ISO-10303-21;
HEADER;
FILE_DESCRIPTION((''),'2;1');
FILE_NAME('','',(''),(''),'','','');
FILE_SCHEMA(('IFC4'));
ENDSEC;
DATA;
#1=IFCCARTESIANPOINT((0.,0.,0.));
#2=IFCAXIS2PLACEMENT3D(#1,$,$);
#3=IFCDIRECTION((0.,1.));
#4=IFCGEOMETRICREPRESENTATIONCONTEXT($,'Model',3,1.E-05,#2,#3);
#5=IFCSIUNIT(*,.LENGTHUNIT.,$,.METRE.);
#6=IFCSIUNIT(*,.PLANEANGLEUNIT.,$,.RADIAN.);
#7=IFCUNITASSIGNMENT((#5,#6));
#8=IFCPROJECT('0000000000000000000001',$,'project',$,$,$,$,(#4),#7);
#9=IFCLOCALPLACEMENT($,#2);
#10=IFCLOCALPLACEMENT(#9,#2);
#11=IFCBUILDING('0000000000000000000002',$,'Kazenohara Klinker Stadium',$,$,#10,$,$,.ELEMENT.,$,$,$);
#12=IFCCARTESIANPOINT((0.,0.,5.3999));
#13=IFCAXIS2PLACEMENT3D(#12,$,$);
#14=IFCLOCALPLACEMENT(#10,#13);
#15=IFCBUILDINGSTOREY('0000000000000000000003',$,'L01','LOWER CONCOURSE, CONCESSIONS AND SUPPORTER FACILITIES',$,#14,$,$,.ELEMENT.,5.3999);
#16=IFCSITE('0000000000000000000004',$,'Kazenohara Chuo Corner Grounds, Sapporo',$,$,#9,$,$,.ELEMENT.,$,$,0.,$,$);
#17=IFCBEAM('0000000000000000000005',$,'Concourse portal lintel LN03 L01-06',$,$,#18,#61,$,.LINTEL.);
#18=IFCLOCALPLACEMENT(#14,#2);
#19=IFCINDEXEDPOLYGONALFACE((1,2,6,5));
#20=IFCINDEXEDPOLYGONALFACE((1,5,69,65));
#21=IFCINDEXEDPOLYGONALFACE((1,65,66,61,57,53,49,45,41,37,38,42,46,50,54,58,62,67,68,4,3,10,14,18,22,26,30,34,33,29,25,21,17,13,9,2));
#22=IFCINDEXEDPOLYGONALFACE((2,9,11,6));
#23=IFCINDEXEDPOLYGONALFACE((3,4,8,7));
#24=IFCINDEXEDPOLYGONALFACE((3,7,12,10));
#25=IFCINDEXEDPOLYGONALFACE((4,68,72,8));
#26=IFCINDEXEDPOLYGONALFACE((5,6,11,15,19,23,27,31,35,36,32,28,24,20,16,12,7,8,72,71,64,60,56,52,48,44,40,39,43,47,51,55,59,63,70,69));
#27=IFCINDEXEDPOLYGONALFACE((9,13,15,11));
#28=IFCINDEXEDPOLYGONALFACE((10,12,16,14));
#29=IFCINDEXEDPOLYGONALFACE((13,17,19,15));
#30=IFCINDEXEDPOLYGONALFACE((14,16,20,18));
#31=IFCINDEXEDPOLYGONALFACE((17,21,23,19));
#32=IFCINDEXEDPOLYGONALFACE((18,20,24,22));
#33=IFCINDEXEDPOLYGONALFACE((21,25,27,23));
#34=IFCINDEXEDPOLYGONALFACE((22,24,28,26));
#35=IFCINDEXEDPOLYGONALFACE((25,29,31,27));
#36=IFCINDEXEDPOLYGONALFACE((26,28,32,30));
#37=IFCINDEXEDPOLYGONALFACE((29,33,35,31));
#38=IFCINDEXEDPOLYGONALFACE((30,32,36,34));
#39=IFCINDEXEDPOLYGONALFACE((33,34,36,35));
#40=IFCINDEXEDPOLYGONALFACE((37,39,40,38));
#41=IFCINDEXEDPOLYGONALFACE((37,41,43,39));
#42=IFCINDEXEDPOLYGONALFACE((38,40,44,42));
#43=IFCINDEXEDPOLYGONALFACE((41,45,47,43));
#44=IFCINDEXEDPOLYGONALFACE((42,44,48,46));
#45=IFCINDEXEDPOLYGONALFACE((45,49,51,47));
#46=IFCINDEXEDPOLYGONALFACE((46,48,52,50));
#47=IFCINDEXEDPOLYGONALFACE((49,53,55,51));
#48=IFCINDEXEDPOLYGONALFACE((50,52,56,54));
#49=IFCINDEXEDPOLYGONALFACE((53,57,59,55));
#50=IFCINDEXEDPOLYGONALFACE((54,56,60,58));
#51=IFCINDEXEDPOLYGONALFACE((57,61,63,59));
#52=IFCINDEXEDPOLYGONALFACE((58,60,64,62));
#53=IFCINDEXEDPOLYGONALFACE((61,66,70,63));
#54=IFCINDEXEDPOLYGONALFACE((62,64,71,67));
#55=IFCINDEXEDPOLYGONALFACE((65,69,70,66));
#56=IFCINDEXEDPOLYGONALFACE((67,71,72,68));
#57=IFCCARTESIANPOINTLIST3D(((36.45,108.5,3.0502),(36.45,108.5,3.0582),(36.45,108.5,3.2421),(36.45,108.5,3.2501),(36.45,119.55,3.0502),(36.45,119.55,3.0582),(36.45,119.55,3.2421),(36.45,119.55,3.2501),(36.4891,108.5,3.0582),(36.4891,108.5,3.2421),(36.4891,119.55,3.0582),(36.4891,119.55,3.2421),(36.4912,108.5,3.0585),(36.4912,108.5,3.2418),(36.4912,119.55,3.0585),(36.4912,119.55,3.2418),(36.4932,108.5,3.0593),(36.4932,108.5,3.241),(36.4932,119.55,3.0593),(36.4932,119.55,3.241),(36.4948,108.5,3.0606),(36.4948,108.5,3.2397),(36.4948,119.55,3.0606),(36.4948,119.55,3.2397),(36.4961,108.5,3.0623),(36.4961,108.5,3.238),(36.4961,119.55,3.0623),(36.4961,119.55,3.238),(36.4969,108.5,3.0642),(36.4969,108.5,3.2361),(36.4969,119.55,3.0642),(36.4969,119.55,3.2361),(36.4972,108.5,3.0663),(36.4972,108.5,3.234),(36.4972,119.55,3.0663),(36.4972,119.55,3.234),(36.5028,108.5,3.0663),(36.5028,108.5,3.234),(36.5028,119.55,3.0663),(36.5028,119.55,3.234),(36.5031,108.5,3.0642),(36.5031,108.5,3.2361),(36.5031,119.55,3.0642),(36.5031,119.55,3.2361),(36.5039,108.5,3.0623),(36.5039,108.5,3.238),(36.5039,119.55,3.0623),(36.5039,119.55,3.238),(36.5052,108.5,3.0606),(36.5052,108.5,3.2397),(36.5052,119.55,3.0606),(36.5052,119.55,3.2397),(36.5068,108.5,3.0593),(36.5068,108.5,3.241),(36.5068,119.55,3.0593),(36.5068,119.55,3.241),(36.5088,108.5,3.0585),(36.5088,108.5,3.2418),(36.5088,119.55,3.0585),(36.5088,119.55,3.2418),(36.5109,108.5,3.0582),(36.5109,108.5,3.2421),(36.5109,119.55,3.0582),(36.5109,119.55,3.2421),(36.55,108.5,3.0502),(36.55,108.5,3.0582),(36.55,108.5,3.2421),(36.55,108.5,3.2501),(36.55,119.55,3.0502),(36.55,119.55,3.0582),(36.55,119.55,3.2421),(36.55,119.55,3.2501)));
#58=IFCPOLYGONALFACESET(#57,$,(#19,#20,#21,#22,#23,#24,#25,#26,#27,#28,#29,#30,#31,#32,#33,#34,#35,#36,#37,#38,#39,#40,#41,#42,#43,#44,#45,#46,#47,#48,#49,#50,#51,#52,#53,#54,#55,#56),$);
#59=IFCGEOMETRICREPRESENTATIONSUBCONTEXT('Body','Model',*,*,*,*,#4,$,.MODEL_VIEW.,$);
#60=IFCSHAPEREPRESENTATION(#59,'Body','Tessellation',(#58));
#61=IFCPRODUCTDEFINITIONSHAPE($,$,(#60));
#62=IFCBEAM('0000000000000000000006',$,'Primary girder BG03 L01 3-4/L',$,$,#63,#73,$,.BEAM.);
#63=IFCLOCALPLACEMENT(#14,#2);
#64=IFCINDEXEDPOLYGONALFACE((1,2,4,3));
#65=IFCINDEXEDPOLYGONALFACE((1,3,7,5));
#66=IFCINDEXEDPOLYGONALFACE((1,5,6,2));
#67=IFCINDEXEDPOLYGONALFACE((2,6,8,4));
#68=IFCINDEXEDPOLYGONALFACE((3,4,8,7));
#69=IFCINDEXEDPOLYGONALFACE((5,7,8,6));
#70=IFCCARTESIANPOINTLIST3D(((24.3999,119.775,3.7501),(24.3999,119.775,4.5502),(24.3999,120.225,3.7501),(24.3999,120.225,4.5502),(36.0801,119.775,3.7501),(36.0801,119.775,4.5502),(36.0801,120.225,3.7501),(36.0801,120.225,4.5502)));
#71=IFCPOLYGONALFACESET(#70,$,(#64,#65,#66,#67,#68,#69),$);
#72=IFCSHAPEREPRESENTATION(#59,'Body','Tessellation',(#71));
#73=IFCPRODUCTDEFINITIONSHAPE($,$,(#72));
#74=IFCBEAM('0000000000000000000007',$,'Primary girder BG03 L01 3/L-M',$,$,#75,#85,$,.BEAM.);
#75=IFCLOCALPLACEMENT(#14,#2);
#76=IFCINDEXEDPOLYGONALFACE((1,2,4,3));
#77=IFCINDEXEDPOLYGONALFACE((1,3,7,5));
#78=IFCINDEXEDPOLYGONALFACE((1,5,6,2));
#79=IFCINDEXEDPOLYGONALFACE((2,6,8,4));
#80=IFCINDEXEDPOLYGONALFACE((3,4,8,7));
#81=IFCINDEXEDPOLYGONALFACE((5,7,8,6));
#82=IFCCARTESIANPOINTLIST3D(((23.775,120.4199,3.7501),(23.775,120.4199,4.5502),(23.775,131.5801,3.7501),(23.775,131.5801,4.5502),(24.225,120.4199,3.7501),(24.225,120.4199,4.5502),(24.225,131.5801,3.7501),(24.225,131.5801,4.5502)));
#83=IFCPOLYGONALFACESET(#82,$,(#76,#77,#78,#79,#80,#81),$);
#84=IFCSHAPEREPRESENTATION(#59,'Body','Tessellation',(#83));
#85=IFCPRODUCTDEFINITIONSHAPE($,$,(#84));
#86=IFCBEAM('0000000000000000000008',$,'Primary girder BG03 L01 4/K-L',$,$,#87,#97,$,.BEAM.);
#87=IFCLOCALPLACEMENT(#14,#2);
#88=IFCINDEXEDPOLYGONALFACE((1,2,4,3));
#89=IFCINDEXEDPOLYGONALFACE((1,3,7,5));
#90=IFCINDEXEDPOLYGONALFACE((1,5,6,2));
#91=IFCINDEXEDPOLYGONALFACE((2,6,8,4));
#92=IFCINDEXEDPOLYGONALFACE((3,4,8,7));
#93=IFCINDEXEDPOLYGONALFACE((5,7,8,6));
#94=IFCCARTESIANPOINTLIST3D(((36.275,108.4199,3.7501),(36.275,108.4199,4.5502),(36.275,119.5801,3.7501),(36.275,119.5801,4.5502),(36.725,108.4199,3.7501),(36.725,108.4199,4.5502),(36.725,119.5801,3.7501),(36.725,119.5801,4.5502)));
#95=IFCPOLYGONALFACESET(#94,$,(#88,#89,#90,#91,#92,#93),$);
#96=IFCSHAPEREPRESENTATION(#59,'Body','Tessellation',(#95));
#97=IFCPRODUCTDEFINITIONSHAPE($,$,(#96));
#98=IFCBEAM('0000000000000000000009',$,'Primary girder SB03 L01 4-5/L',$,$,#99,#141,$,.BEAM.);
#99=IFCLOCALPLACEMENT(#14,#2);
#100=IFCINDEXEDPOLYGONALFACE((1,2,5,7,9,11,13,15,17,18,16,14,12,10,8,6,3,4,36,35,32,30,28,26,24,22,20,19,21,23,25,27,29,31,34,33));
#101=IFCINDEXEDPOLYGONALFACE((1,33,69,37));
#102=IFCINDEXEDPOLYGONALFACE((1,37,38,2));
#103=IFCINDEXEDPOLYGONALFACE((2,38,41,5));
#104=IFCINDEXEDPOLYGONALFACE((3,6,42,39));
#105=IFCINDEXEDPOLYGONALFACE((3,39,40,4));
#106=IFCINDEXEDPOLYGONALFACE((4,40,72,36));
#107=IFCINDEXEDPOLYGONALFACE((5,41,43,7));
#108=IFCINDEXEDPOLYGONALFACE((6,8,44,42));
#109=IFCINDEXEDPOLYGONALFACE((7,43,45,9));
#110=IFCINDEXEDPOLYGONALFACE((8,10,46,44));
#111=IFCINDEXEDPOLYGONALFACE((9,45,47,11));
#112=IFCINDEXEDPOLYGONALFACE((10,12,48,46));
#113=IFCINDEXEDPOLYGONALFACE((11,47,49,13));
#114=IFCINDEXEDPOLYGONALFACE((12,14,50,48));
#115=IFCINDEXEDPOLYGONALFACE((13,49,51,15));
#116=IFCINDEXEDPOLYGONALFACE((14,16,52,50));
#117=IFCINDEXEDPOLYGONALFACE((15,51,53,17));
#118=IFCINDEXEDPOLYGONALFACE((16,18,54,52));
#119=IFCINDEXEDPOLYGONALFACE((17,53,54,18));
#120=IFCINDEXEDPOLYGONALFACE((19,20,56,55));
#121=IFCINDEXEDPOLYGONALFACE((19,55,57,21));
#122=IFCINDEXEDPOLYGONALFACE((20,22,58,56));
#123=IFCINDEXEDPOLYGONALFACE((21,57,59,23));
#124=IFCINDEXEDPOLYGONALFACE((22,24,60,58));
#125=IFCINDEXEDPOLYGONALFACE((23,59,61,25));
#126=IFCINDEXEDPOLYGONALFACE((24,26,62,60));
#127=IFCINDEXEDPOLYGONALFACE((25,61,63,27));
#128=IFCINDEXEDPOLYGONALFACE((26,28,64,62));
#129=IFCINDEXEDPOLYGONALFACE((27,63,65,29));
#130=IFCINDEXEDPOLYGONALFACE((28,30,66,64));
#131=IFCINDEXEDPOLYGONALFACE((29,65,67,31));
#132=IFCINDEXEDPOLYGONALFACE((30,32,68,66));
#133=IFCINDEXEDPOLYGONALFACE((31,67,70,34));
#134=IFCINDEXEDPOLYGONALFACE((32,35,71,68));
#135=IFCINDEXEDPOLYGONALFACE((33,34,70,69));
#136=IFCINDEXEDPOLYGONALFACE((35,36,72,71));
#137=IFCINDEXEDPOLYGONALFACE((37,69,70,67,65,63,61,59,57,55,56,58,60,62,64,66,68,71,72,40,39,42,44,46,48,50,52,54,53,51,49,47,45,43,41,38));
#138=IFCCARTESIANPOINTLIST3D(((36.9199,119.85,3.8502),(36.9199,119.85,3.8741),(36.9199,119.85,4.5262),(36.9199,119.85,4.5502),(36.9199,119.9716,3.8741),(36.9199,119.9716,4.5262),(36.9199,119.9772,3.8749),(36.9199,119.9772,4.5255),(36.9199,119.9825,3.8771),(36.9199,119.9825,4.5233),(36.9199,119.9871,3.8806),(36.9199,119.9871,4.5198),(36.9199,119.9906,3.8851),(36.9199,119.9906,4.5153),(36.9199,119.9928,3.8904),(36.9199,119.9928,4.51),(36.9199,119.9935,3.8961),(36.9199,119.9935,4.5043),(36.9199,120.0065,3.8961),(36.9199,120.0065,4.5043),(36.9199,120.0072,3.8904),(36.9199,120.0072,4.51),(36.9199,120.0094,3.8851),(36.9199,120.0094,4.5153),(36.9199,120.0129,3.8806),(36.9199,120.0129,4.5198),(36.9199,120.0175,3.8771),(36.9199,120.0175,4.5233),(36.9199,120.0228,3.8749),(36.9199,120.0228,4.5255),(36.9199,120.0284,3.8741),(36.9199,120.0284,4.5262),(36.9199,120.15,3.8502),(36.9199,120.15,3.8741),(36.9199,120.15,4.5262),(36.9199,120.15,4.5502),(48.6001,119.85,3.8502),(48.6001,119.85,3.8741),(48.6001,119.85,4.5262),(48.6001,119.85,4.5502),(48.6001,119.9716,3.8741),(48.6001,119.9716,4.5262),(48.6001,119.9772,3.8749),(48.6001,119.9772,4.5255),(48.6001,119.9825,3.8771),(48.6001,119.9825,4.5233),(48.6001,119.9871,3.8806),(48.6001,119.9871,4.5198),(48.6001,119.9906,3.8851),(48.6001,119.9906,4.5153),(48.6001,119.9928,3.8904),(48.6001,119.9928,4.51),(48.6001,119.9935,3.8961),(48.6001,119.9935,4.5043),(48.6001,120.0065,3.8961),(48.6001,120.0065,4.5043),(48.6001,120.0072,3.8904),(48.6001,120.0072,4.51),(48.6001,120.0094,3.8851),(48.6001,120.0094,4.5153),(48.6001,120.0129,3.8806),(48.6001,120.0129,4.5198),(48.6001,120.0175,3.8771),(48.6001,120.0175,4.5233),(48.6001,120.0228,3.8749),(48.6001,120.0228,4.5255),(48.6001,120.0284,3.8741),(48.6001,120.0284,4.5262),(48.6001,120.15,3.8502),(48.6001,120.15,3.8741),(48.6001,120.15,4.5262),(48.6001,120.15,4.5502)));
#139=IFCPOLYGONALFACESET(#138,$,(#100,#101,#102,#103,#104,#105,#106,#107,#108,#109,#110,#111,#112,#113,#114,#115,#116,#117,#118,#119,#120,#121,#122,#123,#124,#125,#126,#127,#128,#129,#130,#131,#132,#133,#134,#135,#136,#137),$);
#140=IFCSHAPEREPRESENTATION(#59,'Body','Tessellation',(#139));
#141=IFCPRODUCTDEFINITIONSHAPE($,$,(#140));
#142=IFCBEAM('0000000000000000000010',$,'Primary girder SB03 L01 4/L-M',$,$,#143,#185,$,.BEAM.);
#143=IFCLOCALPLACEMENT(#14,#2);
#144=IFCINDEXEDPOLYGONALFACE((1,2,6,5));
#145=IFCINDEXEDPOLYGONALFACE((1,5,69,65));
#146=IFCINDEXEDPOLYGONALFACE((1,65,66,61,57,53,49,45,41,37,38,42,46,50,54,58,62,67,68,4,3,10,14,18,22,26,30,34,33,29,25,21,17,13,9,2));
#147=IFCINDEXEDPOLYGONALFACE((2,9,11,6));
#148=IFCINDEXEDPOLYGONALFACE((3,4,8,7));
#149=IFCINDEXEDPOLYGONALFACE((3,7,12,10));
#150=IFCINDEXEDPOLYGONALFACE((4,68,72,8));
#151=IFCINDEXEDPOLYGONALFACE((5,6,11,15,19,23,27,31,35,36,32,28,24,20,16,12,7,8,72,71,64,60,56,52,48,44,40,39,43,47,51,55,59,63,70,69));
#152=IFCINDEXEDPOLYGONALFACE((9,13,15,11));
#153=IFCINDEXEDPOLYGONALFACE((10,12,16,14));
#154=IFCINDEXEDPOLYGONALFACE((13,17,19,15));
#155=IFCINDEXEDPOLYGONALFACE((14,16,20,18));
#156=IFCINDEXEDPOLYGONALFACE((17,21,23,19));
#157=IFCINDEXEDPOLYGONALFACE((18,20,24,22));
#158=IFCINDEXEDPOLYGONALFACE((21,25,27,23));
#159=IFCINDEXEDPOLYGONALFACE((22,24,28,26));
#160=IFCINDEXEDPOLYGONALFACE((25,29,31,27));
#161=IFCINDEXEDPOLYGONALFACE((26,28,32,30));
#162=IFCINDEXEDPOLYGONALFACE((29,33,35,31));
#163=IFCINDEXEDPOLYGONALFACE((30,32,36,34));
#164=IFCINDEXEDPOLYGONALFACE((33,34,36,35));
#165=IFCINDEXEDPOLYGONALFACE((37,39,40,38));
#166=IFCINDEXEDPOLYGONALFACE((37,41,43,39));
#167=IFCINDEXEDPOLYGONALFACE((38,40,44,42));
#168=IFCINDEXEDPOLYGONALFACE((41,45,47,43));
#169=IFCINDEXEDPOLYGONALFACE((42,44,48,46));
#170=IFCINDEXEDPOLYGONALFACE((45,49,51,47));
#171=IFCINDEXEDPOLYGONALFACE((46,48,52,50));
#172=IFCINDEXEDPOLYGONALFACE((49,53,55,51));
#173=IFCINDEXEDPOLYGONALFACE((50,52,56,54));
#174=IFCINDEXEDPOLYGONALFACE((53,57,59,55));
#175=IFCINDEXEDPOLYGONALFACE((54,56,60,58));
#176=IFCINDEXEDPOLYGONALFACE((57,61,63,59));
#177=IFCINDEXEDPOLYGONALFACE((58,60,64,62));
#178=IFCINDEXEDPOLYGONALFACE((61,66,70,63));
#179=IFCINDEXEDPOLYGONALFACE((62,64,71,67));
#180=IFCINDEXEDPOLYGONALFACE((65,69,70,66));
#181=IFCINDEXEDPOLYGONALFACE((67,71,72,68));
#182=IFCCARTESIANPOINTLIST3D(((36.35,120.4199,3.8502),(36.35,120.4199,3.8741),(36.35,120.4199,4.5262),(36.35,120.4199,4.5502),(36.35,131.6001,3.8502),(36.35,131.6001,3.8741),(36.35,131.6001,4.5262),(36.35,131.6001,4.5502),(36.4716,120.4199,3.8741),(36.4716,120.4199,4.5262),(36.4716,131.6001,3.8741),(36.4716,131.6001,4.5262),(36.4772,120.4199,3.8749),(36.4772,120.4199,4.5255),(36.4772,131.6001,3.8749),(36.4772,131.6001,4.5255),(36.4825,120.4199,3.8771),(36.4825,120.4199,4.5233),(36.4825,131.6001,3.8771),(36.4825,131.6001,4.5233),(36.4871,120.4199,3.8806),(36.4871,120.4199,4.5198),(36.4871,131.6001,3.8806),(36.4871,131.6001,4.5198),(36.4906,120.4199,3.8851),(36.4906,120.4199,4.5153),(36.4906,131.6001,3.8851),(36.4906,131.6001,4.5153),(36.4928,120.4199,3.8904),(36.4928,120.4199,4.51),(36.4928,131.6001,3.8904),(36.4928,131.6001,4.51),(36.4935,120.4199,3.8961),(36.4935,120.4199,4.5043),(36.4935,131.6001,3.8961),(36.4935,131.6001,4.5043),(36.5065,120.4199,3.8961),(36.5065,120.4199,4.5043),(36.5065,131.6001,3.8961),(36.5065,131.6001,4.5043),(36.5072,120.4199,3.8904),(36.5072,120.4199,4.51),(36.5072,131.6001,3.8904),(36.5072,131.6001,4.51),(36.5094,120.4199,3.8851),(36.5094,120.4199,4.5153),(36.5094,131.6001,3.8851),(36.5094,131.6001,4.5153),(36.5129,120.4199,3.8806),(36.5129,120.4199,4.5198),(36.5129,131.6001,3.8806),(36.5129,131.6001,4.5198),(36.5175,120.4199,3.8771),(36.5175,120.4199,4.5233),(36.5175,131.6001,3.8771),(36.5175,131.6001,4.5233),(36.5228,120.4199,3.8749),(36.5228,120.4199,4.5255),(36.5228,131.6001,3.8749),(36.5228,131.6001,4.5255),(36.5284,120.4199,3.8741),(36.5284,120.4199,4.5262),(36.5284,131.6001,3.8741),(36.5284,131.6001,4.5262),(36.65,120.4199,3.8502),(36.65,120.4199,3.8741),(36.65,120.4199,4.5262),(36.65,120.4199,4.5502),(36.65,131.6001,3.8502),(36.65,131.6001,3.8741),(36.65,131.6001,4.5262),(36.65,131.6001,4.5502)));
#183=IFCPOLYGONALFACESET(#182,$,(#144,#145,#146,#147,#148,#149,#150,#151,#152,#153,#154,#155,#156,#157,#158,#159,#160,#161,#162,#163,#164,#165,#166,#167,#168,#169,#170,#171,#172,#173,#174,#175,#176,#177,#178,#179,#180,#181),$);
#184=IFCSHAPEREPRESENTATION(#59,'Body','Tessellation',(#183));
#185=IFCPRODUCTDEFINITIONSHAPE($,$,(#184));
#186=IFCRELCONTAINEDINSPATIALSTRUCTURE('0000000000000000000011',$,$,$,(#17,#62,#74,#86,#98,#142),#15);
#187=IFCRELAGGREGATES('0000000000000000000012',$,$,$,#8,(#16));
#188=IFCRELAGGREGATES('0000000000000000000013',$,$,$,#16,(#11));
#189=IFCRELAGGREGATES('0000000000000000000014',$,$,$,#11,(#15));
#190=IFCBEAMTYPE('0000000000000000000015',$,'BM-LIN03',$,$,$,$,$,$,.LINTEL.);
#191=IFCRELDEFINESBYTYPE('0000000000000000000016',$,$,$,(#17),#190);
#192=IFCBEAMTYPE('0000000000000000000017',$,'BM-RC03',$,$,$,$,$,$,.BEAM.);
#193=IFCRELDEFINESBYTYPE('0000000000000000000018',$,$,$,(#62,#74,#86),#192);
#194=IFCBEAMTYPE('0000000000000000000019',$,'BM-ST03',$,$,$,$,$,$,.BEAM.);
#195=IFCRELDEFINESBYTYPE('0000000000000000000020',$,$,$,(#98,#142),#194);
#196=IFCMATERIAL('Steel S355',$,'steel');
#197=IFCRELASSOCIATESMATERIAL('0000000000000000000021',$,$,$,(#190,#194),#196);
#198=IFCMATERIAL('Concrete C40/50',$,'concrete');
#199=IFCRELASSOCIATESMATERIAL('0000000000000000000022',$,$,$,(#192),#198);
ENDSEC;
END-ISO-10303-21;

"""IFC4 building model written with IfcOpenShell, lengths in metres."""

from ifc_helpers import new_model, si_unit, direction, frame, origin, origin_2d, place, context, subcontext, project, spatial, rectangle, i_section, extrude, material, material_profile, profile_set, type_object, element, save


model = new_model("IFC4")

# Units and contexts
model_context = context("Model", 3, precision=1e-05, world=origin(), true_north=direction((0.0, 1.0)))
body_context = subcontext(model_context, "Body", "Model", "MODEL_VIEW")
ifc_project = project(units=[si_unit("LENGTHUNIT", "METRE"), si_unit("PLANEANGLEUNIT", "RADIAN")], contexts=[model_context])

# Site, building, storey
site_placement = place(None, origin())
site = spatial("IfcSite", under=ifc_project, at=site_placement, Name="Kazenohara Chuo Corner Grounds, Sapporo", CompositionType="ELEMENT", RefElevation=0.0)
building_placement = place(site_placement, origin())
building = spatial("IfcBuilding", under=site, at=building_placement, Name="Kazenohara Klinker Stadium", CompositionType="ELEMENT")
storey_placement = place(building_placement, frame((0.0, 0.0, 5.3999)))
storey = spatial("IfcBuildingStorey", under=building, at=storey_placement, Name="L01", Description="LOWER CONCOURSE, CONCESSIONS AND SUPPORTER FACILITIES", CompositionType="ELEMENT", Elevation=5.3999)

# Shared definitions
ifc_material_1 = material(Name="Concrete C40/50", Category="concrete")

# Beams
ifc_material_2 = material(Name="Steel S355", Category="steel")
ifc_material_profile_1 = material_profile(ifc_material_2, i_section(OverallWidth=0.1001, OverallDepth=0.2, WebThickness=0.0056, FlangeThickness=0.0081, FilletRadius=0.0081, at=origin_2d()), Name="H-200x100x5.5x8")
ifc_profile_set_1 = profile_set([ifc_material_profile_1], Name="Steel S355")
beam_type_1 = type_object("IfcBeamType", Name="BM-LIN03", PredefinedType="LINTEL", material=ifc_profile_set_1)
beam_1_placement = place(storey_placement, frame((36.5, 108.5, 3.1501), z_axis=(0.0, 1.0, 0.0), x_axis=(-1.0, 0.0, 0.0)))
element("IfcBeam", 1, at=beam_1_placement, inside=storey, type_object=beam_type_1, Name="Concourse portal lintel LN03 L01-06", PredefinedType="LINTEL", context=body_context, shape_type="SweptSolid", body=[
    extrude(i_section(OverallWidth=0.1001, OverallDepth=0.2, WebThickness=0.0056, FlangeThickness=0.0081, FilletRadius=0.0081, at=origin_2d()), origin(), (0.0, 0.0, 1.0), 11.05),
])
ifc_material_profile_2 = material_profile(ifc_material_1, rectangle(XDim=0.45, YDim=0.8, at=origin_2d()), Name="RC-BM-450x800")
ifc_profile_set_2 = profile_set([ifc_material_profile_2], Name="Concrete C40/50")
beam_type_2 = type_object("IfcBeamType", Name="BM-RC03", PredefinedType="BEAM", material=ifc_profile_set_2)
beam_2_placement = place(storey_placement, frame((24.3999, 120.0, 4.1501), z_axis=(1.0, 0.0, 0.0), x_axis=(0.0, 1.0, 0.0)))
element("IfcBeam", 2, at=beam_2_placement, inside=storey, type_object=beam_type_2, Name="Primary girder BG03 L01 3-4/L", PredefinedType="BEAM", context=body_context, shape_type="SweptSolid", body=[
    extrude(rectangle(XDim=0.45, YDim=0.8, at=origin_2d()), origin(), (0.0, 0.0, 1.0), 11.6802),
])
for number, where, z_axis, x_axis, name in (
    (3, (24.0, 120.4199, 4.1501), (0.0, 1.0, 0.0), (-1.0, 0.0, 0.0), "Primary girder BG03 L01 3/L-M"),
    (4, (36.5, 108.4199, 4.1501), (0.0, 1.0, 0.0), (-1.0, 0.0, 0.0), "Primary girder BG03 L01 4/K-L"),
):
    element("IfcBeam", number, at=place(storey_placement, frame(where, z_axis=z_axis, x_axis=x_axis)), inside=storey, type_object=beam_type_2, Name=name, PredefinedType="BEAM", context=body_context, shape_type="SweptSolid", body=[
        extrude(rectangle(XDim=0.45, YDim=0.8, at=origin_2d()), origin(), (0.0, 0.0, 1.0), 11.1602),
    ])
ifc_material_profile_3 = material_profile(ifc_material_2, i_section(OverallWidth=0.3, OverallDepth=0.7, WebThickness=0.0129, FlangeThickness=0.0239, FilletRadius=0.022, at=origin_2d()), Name="H-700x300x13x24")
ifc_profile_set_3 = profile_set([ifc_material_profile_3], Name="Steel S355")
beam_type_3 = type_object("IfcBeamType", Name="BM-ST03", PredefinedType="BEAM", material=ifc_profile_set_3)
beam_3_placement = place(storey_placement, frame((36.9199, 120.0, 4.2002), z_axis=(1.0, 0.0, 0.0), x_axis=(0.0, 1.0, 0.0)))
element("IfcBeam", 5, at=beam_3_placement, inside=storey, type_object=beam_type_3, Name="Primary girder SB03 L01 4-5/L", PredefinedType="BEAM", context=body_context, shape_type="SweptSolid", body=[
    extrude(i_section(OverallWidth=0.3, OverallDepth=0.7, WebThickness=0.0129, FlangeThickness=0.0239, FilletRadius=0.022, at=origin_2d()), origin(), (0.0, 0.0, 1.0), 11.6802),
])
beam_4_placement = place(storey_placement, frame((36.5, 120.4199, 4.2002), z_axis=(0.0, 1.0, 0.0), x_axis=(-1.0, 0.0, 0.0)))
element("IfcBeam", 6, at=beam_4_placement, inside=storey, type_object=beam_type_3, Name="Primary girder SB03 L01 4/L-M", PredefinedType="BEAM", context=body_context, shape_type="SweptSolid", body=[
    extrude(i_section(OverallWidth=0.3, OverallDepth=0.7, WebThickness=0.0129, FlangeThickness=0.0239, FilletRadius=0.022, at=origin_2d()), origin(), (0.0, 0.0, 1.0), 11.1802),
])

save(model, "model.ifc")
